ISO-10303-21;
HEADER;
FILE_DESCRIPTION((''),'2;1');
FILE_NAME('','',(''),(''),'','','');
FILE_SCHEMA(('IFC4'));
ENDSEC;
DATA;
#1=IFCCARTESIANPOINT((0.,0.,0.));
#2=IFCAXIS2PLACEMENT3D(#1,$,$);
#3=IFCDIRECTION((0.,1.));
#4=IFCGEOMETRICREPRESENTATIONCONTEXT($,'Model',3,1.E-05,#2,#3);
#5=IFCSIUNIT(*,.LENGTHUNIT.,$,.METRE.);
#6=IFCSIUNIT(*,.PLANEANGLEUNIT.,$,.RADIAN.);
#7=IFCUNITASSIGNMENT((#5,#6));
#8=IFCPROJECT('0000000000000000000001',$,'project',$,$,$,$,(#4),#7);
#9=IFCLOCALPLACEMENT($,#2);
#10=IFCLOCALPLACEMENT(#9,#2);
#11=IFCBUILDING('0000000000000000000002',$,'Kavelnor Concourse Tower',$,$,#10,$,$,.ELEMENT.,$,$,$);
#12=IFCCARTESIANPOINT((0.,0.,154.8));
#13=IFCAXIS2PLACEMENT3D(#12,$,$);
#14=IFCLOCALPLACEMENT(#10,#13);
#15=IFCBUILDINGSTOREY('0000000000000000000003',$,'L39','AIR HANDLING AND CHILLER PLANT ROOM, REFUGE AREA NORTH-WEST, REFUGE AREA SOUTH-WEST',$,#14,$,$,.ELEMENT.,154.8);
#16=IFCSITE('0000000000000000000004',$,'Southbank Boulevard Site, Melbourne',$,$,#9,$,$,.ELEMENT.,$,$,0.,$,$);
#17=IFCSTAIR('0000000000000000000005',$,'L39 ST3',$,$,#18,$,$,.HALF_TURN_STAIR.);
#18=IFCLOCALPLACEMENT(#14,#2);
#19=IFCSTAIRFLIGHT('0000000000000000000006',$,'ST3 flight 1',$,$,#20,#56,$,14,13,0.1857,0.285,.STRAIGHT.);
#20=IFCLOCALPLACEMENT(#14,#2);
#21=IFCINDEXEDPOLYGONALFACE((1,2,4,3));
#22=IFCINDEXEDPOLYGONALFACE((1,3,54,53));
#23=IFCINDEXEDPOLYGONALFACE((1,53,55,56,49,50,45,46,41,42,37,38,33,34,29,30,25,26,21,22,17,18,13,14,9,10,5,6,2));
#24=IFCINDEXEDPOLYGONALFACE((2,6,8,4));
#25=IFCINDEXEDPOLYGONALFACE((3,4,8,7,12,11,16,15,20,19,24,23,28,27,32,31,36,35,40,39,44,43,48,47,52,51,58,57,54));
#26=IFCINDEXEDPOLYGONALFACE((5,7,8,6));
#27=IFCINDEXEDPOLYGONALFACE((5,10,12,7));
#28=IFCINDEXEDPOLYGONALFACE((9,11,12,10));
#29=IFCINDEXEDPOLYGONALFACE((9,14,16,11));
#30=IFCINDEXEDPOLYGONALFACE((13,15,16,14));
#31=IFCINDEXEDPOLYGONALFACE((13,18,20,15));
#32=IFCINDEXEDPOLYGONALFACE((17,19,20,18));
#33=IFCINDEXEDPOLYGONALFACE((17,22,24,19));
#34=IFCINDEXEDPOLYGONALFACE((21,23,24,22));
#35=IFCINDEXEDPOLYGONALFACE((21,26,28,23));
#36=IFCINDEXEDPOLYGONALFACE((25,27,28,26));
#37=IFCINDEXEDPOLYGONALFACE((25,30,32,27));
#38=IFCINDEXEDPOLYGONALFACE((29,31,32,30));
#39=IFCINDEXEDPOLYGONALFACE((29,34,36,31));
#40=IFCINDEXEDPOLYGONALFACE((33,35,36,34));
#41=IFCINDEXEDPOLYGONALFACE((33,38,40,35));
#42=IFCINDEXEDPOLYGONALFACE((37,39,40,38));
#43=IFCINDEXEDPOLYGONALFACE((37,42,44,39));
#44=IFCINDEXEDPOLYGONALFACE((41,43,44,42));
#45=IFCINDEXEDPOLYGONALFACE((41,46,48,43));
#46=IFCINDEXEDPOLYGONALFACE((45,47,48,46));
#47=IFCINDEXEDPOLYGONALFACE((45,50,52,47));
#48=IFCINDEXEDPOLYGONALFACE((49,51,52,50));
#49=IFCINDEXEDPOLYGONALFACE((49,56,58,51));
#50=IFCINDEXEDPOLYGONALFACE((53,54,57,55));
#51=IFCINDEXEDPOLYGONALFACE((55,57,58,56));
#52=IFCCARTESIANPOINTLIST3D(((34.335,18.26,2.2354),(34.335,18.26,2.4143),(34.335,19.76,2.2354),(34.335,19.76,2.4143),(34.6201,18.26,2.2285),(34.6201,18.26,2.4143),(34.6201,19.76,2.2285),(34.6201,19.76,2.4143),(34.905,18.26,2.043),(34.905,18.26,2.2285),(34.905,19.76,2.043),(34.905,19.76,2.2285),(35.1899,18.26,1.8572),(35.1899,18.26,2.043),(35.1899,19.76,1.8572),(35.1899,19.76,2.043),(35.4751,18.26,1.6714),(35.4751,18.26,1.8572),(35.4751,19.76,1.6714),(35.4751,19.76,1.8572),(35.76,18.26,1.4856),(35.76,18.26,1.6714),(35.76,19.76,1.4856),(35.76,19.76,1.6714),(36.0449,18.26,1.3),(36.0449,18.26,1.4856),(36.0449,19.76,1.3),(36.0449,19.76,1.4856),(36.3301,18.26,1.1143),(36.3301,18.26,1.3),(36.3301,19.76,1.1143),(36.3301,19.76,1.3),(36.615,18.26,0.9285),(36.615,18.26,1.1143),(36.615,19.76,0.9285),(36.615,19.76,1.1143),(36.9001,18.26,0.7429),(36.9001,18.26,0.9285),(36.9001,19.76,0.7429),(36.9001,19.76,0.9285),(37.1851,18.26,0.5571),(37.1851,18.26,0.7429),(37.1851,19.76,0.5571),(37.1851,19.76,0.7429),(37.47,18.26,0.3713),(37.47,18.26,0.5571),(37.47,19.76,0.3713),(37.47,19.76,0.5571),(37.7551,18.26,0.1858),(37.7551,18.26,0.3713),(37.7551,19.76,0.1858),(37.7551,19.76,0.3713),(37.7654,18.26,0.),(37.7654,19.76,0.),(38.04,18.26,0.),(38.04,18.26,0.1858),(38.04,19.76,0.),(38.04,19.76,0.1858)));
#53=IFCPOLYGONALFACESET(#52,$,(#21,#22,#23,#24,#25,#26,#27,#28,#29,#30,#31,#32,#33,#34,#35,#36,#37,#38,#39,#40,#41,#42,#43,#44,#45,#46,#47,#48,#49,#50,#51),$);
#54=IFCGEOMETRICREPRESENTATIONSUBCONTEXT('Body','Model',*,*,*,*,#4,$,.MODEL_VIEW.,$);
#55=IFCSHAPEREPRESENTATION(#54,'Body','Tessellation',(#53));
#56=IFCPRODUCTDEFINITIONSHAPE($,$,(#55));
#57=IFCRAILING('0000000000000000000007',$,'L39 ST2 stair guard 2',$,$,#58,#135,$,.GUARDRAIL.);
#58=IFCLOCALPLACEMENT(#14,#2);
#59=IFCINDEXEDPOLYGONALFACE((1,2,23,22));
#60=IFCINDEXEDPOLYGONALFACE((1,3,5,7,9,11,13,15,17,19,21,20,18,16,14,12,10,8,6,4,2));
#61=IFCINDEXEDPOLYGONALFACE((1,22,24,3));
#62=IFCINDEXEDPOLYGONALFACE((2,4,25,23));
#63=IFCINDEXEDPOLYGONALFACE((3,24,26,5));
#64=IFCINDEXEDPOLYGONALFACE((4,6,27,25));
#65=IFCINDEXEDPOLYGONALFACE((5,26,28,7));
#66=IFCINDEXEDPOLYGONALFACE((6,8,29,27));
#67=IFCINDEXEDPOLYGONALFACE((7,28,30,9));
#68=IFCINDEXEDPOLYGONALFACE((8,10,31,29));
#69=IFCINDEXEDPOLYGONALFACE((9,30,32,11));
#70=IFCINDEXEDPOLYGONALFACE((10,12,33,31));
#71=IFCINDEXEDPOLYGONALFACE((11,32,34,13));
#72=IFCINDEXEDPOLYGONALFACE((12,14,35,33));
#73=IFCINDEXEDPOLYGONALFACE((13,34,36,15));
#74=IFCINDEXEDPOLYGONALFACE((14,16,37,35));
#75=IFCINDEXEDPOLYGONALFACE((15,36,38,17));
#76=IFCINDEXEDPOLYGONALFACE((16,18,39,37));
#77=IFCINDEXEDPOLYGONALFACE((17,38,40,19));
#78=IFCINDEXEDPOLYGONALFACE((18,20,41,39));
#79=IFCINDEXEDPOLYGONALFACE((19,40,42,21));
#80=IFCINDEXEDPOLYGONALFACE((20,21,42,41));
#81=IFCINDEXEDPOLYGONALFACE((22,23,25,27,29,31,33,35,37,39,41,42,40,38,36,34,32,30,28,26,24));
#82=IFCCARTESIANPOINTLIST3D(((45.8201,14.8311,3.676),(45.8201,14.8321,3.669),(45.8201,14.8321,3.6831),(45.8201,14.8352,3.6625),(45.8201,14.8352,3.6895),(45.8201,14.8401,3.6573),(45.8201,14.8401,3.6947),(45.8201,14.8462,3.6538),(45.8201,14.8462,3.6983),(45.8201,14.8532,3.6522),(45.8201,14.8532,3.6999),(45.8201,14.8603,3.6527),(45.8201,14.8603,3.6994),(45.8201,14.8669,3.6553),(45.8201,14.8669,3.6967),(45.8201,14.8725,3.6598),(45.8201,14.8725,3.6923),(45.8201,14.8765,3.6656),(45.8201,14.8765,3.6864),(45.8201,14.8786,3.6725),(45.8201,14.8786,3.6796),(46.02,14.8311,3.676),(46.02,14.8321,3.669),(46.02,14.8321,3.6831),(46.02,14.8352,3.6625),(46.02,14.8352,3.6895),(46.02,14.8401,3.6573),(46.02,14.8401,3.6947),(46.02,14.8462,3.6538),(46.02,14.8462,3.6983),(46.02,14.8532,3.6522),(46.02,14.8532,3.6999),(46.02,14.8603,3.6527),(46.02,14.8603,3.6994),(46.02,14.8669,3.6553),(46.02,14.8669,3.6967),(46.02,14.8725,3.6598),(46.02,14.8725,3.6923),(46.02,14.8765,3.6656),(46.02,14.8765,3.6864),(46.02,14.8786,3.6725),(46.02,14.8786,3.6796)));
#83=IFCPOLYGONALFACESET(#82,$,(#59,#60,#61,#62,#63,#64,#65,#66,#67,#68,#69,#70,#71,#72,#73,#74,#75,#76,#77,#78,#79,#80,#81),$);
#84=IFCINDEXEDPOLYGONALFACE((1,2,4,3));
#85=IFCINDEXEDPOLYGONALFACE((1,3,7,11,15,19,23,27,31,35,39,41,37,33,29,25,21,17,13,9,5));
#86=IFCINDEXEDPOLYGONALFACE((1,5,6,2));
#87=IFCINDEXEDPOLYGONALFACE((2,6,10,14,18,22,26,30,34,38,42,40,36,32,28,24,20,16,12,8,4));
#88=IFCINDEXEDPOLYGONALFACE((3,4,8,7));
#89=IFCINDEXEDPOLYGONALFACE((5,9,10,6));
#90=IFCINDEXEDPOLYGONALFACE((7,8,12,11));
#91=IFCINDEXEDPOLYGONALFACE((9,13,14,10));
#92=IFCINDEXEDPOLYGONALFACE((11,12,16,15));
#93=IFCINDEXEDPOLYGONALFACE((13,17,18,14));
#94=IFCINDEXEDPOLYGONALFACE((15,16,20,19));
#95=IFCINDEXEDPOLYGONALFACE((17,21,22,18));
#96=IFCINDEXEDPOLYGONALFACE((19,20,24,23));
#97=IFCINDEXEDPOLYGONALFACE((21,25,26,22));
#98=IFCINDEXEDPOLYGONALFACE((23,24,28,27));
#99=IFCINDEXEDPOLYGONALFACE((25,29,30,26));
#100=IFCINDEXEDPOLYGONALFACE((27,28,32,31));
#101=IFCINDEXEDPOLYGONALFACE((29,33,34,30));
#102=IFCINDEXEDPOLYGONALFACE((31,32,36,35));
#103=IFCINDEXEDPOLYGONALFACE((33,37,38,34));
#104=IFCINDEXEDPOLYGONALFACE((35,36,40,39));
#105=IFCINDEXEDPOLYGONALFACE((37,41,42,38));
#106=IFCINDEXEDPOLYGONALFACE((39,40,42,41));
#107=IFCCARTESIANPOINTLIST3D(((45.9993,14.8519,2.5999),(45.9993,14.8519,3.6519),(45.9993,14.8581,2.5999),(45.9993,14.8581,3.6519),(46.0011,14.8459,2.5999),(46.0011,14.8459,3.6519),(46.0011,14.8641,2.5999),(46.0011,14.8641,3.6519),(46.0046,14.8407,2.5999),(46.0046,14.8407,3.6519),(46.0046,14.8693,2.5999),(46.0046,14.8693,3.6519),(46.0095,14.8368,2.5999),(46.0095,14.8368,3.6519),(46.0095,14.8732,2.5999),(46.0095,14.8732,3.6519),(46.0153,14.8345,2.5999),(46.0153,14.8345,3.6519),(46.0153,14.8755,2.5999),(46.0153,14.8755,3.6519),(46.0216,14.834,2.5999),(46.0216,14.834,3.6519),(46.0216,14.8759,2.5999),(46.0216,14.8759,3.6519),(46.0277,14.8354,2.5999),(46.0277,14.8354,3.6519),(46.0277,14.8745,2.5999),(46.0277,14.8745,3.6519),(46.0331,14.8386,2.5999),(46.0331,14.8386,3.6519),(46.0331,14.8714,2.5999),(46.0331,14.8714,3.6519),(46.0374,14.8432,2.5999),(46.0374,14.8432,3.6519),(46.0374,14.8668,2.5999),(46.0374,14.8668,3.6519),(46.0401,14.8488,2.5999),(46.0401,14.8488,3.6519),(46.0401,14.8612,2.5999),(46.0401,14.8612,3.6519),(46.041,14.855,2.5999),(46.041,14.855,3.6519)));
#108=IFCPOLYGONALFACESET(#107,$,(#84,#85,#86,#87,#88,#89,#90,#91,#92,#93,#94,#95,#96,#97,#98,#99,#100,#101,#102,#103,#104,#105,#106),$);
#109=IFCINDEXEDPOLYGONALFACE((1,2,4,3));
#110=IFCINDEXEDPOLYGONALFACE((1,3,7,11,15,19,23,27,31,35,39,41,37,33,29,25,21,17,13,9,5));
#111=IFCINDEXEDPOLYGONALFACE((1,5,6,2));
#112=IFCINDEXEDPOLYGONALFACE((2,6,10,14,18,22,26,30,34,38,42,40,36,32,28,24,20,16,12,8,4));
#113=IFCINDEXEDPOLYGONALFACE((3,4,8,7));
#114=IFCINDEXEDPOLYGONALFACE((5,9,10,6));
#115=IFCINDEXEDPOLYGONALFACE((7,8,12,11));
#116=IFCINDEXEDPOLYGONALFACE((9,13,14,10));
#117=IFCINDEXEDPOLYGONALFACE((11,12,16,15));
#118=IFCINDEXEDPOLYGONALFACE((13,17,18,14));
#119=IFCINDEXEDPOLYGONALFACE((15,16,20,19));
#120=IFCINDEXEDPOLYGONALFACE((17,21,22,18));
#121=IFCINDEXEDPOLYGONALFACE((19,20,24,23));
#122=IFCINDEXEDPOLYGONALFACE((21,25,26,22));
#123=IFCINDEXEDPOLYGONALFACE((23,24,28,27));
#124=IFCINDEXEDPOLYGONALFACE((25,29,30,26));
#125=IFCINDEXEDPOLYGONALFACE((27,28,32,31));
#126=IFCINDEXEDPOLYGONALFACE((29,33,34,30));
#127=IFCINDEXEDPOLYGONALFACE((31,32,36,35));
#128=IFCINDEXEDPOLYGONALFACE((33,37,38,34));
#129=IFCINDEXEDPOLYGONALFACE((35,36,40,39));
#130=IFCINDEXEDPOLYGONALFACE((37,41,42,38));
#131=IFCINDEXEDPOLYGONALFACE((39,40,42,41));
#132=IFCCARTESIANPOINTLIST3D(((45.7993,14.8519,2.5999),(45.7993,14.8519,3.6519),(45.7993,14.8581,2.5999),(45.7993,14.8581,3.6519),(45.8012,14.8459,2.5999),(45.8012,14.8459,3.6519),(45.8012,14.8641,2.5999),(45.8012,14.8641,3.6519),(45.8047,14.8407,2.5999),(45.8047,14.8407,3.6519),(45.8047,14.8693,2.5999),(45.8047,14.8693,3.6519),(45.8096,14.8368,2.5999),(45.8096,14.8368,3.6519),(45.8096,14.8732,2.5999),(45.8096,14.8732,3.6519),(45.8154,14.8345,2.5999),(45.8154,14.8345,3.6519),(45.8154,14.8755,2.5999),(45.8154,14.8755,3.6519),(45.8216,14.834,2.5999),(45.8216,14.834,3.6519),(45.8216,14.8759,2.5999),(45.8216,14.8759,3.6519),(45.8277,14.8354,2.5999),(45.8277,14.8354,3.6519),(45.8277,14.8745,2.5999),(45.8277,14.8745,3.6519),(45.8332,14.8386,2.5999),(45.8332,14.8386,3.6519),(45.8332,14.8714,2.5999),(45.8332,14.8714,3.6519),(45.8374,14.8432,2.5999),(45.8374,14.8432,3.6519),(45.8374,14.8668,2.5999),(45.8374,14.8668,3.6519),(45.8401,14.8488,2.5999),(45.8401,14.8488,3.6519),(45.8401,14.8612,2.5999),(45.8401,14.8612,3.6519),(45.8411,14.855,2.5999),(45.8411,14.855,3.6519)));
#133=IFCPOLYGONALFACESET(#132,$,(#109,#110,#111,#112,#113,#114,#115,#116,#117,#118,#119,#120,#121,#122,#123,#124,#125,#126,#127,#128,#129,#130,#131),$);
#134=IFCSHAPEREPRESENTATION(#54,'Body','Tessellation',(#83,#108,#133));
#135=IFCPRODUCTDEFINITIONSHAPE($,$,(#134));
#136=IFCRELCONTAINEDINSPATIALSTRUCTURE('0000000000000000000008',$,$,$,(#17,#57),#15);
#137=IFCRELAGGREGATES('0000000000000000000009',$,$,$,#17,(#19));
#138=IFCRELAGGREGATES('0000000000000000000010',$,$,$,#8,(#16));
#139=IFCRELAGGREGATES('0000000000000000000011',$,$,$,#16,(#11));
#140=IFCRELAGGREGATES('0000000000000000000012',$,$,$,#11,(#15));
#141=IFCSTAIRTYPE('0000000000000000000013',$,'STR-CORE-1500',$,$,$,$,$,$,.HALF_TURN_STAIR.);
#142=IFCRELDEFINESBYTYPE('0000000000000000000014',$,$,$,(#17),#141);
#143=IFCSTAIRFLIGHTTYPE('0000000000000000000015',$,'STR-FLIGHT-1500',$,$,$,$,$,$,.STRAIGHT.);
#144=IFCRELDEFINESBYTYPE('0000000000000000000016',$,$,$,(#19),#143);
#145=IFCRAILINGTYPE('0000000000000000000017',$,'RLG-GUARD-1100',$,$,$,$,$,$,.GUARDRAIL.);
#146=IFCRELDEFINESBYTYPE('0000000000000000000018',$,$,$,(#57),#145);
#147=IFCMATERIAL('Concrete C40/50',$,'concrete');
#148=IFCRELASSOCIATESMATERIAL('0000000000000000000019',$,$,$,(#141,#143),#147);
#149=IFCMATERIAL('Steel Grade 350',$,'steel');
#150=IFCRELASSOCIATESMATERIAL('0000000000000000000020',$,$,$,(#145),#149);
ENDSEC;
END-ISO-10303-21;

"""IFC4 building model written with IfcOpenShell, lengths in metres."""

from ifc_helpers import new_model, si_unit, direction, frame, origin, origin_2d, place, context, subcontext, project, spatial, polyline, circle, outline, extrude, material, type_object, element, aggregate, save


model = new_model("IFC4")

# Units and contexts
model_context = context("Model", 3, precision=1e-05, world=origin(), true_north=direction((0.0, 1.0)))
body_context = subcontext(model_context, "Body", "Model", "MODEL_VIEW")
ifc_project = project(units=[si_unit("LENGTHUNIT", "METRE"), si_unit("PLANEANGLEUNIT", "RADIAN")], contexts=[model_context])

# Site, building, storey
site_placement = place(None, origin())
site = spatial("IfcSite", under=ifc_project, at=site_placement, Name="Southbank Boulevard Site, Melbourne", CompositionType="ELEMENT", RefElevation=0.0)
building_placement = place(site_placement, origin())
building = spatial("IfcBuilding", under=site, at=building_placement, Name="Kavelnor Concourse Tower", CompositionType="ELEMENT")
storey_placement = place(building_placement, frame((0.0, 0.0, 154.8)))
storey = spatial("IfcBuildingStorey", under=building, at=storey_placement, Name="L39", Description="AIR HANDLING AND CHILLER PLANT ROOM, REFUGE AREA NORTH-WEST, REFUGE AREA SOUTH-WEST", CompositionType="ELEMENT", Elevation=154.8)

# Shared definitions
ifc_material_1 = material(Name="Steel Grade 350", Category="steel")

# Stair, stair flight
ifc_material_2 = material(Name="Concrete C40/50", Category="concrete")
stair_type = type_object("IfcStairType", Name="STR-CORE-1500", PredefinedType="HALF_TURN_STAIR", material=ifc_material_2)
stair_flight_type = type_object("IfcStairFlightType", Name="STR-FLIGHT-1500", PredefinedType="STRAIGHT", material=ifc_material_2)
stair_1_placement = place(storey_placement, origin())
stair_1 = element("IfcStair", 1, at=stair_1_placement, inside=storey, type_object=stair_type, Name="L39 ST3", PredefinedType="HALF_TURN_STAIR")
stair_flight_1_placement = place(storey_placement, frame((38.04, 19.01, 0.0), z_axis=(0.0, 0.0, 1.0), x_axis=(-1.0, 0.0, 0.0)))
stair_flight_1 = element("IfcStairFlight", 2, at=stair_flight_1_placement, type_object=stair_flight_type, Name="ST3 flight 1", NumberOfRisers=14, NumberOfTreads=13, PredefinedType="STRAIGHT", RiserHeight=0.1857, TreadLength=0.285, context=body_context, shape_type="SweptSolid", body=[
    extrude(outline(polyline([(0.0, 0.0), (0.0, 0.1858), (0.2849, 0.1858), (0.2849, 0.3713), (0.5701, 0.3713), (0.5701, 0.5571), (0.855, 0.5571), (0.855, 0.7429), (1.1399, 0.7429), (1.1399, 0.9285), (1.425, 0.9285), (1.425, 1.1143), (1.71, 1.1143), (1.71, 1.3), (1.9951, 1.3), (1.9951, 1.4856), (2.28, 1.4856), (2.28, 1.6714), (2.5649, 1.6714), (2.5649, 1.8572), (2.8501, 1.8572), (2.8501, 2.043), (3.135, 2.043), (3.135, 2.2285), (3.4199, 2.2285), (3.4199, 2.4143), (3.7051, 2.4143), (3.7051, 2.6001), (3.7051, 2.2354), (0.2747, 0.0), (0.0, 0.0)])), frame((0.0, 0.75, 0.0), z_axis=(0.0, -1.0, 0.0), x_axis=(1.0, 0.0, 0.0)), (0.0, 0.0, 1.0), 1.5),
])
aggregate(stair_1, [stair_flight_1])

# Railing
railing_type_1 = type_object("IfcRailingType", Name="RLG-GUARD-1100", PredefinedType="GUARDRAIL", material=ifc_material_1)
railing_1_placement = place(storey_placement, frame((46.02, 14.855, 2.5999)))
element("IfcRailing", 3, at=railing_1_placement, inside=storey, type_object=railing_type_1, Name="L39 ST2 stair guard 2", PredefinedType="GUARDRAIL", context=body_context, shape_type="SweptSolid", body=[
    extrude(circle(Radius=0.0239, at=origin_2d()), frame((0.0, 0.0, 1.0762), z_axis=(-1.0, 0.0, 0.0), x_axis=(0.0, -1.0, 0.0)), (0.0, 0.0, 1.0), 0.2),
    extrude(circle(Radius=0.021, at=origin_2d()), origin(), (0.0, 0.0, 1.0), 1.052),
    extrude(circle(Radius=0.021, at=origin_2d()), frame((-0.2, 0.0, 0.0)), (0.0, 0.0, 1.0), 1.052),
])

save(model, "model.ifc")
